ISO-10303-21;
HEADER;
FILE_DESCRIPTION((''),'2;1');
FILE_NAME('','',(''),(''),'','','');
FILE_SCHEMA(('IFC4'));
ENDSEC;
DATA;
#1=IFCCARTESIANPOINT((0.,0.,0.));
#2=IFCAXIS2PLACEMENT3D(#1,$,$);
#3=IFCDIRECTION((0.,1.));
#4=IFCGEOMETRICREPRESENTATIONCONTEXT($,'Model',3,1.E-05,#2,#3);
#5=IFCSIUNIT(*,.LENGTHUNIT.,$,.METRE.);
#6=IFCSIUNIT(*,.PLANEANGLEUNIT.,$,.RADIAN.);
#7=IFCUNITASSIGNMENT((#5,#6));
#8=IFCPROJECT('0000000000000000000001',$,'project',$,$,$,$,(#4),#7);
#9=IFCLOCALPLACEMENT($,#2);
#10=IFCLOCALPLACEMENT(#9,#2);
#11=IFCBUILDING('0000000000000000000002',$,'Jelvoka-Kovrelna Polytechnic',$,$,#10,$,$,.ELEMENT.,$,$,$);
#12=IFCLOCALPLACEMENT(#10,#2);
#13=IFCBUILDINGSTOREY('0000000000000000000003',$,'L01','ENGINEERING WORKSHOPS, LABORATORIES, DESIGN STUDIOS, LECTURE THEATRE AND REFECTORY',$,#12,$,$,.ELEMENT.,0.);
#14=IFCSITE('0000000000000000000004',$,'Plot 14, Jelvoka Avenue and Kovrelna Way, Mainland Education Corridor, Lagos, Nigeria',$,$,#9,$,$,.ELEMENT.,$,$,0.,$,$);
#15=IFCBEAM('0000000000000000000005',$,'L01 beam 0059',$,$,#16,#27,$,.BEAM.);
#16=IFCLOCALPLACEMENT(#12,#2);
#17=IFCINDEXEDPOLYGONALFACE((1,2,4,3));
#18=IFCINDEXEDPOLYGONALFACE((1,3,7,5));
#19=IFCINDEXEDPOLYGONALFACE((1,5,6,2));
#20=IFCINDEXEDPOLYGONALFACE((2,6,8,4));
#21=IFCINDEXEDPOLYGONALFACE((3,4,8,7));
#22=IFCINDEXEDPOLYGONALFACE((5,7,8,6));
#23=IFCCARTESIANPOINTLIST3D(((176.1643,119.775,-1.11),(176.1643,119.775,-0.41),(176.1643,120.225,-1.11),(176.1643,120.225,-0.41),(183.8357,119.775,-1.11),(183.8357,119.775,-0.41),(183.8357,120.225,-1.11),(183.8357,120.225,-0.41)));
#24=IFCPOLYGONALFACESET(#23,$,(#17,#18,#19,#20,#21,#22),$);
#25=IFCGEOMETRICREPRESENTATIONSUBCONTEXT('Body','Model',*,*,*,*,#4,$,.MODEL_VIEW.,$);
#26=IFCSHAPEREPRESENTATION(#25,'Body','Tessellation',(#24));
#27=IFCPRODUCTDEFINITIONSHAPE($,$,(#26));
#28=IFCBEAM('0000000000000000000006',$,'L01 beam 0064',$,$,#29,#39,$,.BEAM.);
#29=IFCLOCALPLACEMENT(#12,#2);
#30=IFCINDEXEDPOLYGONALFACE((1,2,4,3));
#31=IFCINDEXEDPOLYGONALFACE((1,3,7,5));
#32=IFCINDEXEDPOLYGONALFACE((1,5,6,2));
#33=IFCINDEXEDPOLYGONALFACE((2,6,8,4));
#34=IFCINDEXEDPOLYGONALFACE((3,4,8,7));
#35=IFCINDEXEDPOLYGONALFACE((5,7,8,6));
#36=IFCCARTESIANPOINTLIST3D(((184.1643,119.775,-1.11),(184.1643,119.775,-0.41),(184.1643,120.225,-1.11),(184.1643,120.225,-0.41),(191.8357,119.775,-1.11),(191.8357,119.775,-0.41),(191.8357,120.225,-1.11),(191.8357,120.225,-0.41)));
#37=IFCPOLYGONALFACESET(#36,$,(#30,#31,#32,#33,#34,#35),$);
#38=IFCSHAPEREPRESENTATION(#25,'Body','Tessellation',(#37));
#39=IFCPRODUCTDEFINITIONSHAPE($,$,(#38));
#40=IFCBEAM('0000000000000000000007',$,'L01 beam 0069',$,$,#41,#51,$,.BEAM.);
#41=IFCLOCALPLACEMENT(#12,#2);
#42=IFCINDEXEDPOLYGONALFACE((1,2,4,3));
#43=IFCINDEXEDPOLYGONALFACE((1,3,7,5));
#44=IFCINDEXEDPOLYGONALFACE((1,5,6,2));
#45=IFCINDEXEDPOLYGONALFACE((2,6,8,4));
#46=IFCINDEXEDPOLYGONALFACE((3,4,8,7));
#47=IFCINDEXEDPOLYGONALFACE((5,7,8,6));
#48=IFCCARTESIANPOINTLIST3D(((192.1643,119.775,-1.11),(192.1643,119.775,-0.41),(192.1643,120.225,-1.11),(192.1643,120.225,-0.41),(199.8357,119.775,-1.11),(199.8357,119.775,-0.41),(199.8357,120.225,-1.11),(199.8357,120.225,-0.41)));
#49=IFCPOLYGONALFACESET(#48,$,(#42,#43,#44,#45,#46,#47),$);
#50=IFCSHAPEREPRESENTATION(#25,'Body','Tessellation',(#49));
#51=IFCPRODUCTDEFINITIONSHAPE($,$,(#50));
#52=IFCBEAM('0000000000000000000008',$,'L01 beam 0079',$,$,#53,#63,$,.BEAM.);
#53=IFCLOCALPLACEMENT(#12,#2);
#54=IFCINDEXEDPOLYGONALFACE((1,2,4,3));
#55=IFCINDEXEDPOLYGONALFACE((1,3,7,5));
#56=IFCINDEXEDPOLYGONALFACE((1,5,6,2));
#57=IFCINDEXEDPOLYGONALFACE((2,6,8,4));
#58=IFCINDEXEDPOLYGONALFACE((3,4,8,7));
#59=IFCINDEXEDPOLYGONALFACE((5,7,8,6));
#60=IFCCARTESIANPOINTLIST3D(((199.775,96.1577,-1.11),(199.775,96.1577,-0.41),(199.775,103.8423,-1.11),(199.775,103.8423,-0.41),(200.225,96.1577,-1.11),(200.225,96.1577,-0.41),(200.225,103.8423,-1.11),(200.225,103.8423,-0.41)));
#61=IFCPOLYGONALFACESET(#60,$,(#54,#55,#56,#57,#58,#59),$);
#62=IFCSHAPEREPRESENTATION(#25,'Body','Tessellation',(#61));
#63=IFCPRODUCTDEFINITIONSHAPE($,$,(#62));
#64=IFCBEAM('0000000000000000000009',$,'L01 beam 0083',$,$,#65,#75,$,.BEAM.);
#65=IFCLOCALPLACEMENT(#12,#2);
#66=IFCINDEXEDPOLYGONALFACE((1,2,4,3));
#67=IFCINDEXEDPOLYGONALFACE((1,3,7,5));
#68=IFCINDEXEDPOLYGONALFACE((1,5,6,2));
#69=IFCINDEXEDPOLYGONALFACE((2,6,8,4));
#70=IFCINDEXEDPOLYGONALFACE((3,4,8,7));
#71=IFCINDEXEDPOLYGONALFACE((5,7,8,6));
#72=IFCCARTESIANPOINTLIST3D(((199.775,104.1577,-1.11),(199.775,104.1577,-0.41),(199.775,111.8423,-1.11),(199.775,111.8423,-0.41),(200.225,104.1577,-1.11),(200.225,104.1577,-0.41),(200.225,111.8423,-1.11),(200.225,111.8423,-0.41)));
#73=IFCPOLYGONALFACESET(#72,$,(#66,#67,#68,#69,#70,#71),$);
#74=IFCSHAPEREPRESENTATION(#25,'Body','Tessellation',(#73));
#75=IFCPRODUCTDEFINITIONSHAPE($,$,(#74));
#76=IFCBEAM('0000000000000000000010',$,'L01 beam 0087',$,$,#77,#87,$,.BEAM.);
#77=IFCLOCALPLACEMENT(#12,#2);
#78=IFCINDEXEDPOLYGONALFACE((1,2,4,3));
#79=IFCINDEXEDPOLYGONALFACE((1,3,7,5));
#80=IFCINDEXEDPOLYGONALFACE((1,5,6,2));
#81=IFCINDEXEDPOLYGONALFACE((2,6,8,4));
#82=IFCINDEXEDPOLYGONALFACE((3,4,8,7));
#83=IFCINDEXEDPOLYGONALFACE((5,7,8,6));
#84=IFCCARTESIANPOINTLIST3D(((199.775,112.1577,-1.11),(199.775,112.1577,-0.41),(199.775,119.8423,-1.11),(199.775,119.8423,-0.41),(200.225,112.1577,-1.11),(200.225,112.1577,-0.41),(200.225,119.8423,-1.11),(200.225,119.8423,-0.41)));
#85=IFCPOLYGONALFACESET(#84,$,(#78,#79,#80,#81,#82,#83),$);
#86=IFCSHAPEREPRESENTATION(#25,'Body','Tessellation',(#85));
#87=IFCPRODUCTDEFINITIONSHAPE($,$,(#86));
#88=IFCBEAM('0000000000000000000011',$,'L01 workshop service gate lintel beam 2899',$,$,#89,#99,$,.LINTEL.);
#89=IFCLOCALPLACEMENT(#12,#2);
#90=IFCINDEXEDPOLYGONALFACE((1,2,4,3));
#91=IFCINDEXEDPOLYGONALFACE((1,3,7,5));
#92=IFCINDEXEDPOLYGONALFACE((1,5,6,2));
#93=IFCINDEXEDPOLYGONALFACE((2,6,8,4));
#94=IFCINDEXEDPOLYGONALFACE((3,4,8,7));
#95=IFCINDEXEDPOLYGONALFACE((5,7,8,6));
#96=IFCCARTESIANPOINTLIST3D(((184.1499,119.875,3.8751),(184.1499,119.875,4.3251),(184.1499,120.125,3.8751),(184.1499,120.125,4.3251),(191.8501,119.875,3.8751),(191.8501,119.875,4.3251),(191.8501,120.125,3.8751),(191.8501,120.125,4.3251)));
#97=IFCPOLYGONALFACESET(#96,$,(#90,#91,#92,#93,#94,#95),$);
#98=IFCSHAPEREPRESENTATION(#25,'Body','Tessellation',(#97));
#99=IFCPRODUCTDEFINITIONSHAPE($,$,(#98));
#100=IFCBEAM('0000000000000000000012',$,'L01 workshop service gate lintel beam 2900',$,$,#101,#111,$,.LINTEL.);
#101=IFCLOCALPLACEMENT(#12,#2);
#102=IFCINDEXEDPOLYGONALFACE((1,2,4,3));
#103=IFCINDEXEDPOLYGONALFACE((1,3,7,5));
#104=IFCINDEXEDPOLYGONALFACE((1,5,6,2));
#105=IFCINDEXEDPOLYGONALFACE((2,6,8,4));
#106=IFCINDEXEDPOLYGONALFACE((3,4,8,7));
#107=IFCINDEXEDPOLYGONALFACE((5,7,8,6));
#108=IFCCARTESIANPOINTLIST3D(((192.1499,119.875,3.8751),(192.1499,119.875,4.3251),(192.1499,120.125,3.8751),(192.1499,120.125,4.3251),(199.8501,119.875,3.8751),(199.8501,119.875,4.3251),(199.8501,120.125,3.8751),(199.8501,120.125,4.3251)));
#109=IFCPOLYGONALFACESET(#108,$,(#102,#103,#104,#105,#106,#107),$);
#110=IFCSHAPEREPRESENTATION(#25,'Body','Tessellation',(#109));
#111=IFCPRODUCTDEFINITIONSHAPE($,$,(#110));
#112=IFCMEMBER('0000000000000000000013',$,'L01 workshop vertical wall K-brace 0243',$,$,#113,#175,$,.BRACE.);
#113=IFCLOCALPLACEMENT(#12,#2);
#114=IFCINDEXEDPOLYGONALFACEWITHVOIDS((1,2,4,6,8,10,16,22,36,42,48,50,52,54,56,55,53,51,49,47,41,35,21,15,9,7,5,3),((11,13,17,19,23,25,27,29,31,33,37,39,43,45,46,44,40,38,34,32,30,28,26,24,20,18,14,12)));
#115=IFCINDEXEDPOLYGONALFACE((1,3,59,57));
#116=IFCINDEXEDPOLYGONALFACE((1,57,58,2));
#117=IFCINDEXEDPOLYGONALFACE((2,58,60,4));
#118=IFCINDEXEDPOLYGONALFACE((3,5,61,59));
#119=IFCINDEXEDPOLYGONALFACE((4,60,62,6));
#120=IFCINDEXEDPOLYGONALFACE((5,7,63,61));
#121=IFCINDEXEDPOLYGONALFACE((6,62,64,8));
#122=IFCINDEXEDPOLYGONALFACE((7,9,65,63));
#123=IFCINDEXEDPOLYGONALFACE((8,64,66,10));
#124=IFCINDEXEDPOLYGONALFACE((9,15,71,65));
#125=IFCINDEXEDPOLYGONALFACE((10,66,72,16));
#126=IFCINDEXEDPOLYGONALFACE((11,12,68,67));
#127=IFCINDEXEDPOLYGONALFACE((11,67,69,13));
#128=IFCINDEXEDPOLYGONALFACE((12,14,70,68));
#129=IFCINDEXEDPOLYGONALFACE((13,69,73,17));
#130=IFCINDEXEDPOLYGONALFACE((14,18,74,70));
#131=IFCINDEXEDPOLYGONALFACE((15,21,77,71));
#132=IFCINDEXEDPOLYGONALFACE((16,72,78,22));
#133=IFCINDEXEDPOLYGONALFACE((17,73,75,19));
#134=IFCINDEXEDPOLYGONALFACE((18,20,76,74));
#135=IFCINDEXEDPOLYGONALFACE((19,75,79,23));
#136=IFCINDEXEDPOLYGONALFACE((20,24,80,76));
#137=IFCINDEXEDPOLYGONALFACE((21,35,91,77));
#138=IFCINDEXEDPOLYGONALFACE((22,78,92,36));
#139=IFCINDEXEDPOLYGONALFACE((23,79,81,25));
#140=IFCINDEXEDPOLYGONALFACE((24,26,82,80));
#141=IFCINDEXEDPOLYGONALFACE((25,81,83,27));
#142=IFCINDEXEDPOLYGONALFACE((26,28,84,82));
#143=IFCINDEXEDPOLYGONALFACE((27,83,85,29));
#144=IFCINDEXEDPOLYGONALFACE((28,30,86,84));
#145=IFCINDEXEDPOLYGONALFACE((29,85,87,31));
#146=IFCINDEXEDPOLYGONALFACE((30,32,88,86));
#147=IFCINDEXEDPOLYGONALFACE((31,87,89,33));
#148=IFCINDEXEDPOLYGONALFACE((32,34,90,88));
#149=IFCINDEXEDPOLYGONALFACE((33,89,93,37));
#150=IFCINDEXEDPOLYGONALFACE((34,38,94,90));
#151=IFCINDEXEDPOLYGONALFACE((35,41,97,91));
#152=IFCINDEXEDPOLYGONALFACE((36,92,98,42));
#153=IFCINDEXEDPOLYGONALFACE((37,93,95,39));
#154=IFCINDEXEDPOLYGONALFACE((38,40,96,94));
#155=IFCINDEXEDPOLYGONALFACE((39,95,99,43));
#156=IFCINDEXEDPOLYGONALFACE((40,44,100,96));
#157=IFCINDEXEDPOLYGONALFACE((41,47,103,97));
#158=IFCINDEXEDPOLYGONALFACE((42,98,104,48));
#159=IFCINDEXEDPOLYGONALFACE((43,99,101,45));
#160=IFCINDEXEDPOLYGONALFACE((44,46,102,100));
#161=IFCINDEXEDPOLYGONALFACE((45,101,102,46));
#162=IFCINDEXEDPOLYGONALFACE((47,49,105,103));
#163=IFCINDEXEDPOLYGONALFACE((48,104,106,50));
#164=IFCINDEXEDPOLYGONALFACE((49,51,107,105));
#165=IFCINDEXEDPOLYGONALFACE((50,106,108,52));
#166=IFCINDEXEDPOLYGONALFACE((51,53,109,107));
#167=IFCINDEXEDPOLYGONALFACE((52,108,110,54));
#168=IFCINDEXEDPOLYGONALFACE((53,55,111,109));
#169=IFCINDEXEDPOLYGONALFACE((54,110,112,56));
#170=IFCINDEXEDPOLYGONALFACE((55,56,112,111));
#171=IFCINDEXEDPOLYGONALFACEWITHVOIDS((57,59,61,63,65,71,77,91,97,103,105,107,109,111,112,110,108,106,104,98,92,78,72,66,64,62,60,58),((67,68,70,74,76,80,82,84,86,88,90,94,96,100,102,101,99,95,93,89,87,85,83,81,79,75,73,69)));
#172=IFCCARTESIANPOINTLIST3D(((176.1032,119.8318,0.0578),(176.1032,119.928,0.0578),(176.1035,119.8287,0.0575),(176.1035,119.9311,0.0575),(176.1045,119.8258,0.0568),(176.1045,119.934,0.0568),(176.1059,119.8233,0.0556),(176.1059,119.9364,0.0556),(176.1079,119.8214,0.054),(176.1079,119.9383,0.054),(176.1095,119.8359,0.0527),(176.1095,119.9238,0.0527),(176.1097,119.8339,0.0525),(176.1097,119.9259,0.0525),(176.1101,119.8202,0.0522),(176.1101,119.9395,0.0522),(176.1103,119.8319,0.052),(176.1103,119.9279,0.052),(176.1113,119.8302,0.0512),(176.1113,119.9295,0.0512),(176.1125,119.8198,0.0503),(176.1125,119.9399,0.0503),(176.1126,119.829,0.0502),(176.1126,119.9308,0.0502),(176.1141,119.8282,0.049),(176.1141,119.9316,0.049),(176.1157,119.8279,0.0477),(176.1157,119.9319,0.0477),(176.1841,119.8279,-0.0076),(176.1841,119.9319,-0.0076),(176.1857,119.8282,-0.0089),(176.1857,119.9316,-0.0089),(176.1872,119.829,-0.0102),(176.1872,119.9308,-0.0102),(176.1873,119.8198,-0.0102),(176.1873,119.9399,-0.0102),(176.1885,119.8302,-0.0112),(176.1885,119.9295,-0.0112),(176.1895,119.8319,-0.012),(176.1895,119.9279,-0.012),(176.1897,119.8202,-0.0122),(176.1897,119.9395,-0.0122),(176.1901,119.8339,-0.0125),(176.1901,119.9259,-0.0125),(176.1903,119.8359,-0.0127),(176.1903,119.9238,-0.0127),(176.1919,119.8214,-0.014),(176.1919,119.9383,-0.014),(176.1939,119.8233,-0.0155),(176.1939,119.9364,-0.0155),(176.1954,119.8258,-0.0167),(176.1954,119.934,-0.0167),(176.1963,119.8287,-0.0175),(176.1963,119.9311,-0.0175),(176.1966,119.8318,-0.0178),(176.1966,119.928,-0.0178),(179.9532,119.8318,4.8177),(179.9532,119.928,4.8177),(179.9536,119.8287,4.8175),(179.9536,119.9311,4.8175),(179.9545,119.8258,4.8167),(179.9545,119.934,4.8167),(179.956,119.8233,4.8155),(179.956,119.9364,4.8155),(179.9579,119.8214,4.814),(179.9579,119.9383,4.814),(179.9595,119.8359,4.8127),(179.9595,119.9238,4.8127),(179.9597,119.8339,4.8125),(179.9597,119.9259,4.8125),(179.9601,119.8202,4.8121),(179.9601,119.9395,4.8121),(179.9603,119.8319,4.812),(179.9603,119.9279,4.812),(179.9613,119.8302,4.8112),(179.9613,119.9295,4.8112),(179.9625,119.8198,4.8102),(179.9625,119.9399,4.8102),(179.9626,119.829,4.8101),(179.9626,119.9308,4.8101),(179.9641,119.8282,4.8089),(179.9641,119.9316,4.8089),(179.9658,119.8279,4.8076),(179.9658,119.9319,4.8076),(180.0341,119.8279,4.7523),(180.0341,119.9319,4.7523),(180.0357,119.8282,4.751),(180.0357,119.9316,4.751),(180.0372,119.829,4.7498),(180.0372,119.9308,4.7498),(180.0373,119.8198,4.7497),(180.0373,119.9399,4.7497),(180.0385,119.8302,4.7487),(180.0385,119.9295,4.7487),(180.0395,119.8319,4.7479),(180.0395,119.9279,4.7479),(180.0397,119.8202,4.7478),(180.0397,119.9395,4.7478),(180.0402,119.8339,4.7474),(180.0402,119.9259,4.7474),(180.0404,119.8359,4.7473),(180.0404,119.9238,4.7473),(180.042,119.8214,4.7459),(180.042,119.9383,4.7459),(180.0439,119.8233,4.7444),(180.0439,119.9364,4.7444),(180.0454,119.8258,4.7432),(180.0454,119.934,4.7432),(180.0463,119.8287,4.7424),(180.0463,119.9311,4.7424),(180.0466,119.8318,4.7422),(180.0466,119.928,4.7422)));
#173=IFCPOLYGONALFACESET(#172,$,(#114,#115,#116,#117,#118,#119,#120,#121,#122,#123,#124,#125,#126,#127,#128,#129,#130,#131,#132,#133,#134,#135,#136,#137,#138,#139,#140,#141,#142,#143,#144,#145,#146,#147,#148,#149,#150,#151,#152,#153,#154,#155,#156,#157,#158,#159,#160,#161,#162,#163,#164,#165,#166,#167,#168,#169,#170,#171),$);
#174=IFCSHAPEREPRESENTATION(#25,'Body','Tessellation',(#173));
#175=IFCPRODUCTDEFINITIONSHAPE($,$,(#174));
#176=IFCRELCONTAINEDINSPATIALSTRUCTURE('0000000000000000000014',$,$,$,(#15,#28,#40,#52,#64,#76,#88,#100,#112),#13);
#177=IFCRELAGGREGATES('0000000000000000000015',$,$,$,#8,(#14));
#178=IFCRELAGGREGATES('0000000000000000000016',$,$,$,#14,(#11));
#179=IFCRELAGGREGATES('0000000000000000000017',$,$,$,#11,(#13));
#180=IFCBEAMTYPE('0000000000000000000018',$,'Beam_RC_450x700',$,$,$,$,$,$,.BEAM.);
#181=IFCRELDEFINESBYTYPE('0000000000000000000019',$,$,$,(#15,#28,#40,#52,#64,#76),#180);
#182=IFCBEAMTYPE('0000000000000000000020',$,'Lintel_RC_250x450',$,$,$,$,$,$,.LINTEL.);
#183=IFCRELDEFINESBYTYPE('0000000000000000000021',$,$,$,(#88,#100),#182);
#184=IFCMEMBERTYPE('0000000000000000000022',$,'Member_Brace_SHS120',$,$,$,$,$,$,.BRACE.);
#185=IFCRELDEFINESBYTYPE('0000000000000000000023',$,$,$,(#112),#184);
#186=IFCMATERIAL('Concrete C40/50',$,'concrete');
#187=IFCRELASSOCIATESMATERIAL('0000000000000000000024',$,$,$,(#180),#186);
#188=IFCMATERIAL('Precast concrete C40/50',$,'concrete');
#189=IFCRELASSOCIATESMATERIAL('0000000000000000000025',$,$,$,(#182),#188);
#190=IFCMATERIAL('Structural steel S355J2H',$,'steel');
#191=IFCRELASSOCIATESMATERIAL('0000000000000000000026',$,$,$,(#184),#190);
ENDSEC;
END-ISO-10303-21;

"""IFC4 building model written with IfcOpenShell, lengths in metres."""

from ifc_helpers import new_model, si_unit, direction, frame, origin, origin_2d, place, context, subcontext, project, spatial, rectangle, hollow_rectangle, extrude, material, material_profile, profile_set, type_object, element, save


model = new_model("IFC4")

# Units and contexts
model_context = context("Model", 3, precision=1e-05, world=origin(), true_north=direction((0.0, 1.0)))
body_context = subcontext(model_context, "Body", "Model", "MODEL_VIEW")
ifc_project = project(units=[si_unit("LENGTHUNIT", "METRE"), si_unit("PLANEANGLEUNIT", "RADIAN")], contexts=[model_context])

# Site, building, storey
site_placement = place(None, origin())
site = spatial("IfcSite", under=ifc_project, at=site_placement, Name="Plot 14, Jelvoka Avenue and Kovrelna Way, Mainland Education Corridor, Lagos, Nigeria", CompositionType="ELEMENT", RefElevation=0.0)
building_placement = place(site_placement, origin())
building = spatial("IfcBuilding", under=site, at=building_placement, Name="Jelvoka-Kovrelna Polytechnic", CompositionType="ELEMENT")
storey_placement = place(building_placement, origin())
storey = spatial("IfcBuildingStorey", under=building, at=storey_placement, Name="L01", Description="ENGINEERING WORKSHOPS, LABORATORIES, DESIGN STUDIOS, LECTURE THEATRE AND REFECTORY", CompositionType="ELEMENT", Elevation=0.0)

# Beams
ifc_material_1 = material(Name="Concrete C40/50", Category="concrete")
ifc_material_profile_1 = material_profile(ifc_material_1, rectangle(XDim=0.45, YDim=0.7, at=origin_2d()), Name="RC 450x700")
ifc_profile_set_1 = profile_set([ifc_material_profile_1], Name="Concrete C40/50")
beam_type_1 = type_object("IfcBeamType", Name="Beam_RC_450x700", PredefinedType="BEAM", material=ifc_profile_set_1)
for number, where, z_axis, x_axis, name in (
    (1, (176.1643, 120.0, -0.76), (1.0, 0.0, 0.0), (0.0, 1.0, 0.0), "L01 beam 0059"),
    (2, (184.1643, 120.0, -0.76), (1.0, 0.0, 0.0), (0.0, 1.0, 0.0), "L01 beam 0064"),
    (3, (192.1643, 120.0, -0.76), (1.0, 0.0, 0.0), (0.0, 1.0, 0.0), "L01 beam 0069"),
):
    element("IfcBeam", number, at=place(storey_placement, frame(where, z_axis=z_axis, x_axis=x_axis)), inside=storey, type_object=beam_type_1, Name=name, PredefinedType="BEAM", context=body_context, shape_type="SweptSolid", body=[
        extrude(rectangle(XDim=0.45, YDim=0.7, at=origin_2d()), origin(), (0.0, 0.0, 1.0), 7.6714),
    ])
for number, where, z_axis, x_axis, name in (
    (4, (200.0, 96.1577, -0.76), (0.0, 1.0, 0.0), (-1.0, 0.0, 0.0), "L01 beam 0079"),
    (5, (200.0, 104.1577, -0.76), (0.0, 1.0, 0.0), (-1.0, 0.0, 0.0), "L01 beam 0083"),
    (6, (200.0, 112.1577, -0.76), (0.0, 1.0, 0.0), (-1.0, 0.0, 0.0), "L01 beam 0087"),
):
    element("IfcBeam", number, at=place(storey_placement, frame(where, z_axis=z_axis, x_axis=x_axis)), inside=storey, type_object=beam_type_1, Name=name, PredefinedType="BEAM", context=body_context, shape_type="SweptSolid", body=[
        extrude(rectangle(XDim=0.45, YDim=0.7, at=origin_2d()), origin(), (0.0, 0.0, 1.0), 7.6846),
    ])
ifc_material_2 = material(Name="Precast concrete C40/50", Category="concrete")
ifc_material_profile_2 = material_profile(ifc_material_2, rectangle(XDim=0.25, YDim=0.45, at=origin_2d()), Name="RC 250x450")
ifc_profile_set_2 = profile_set([ifc_material_profile_2], Name="Precast concrete C40/50")
beam_type_2 = type_object("IfcBeamType", Name="Lintel_RC_250x450", PredefinedType="LINTEL", material=ifc_profile_set_2)
for number, where, z_axis, x_axis, name in (
    (7, (184.1499, 120.0, 4.1001), (1.0, 0.0, 0.0), (0.0, 1.0, 0.0), "L01 workshop service gate lintel beam 2899"),
    (8, (192.1499, 120.0, 4.1001), (1.0, 0.0, 0.0), (0.0, 1.0, 0.0), "L01 workshop service gate lintel beam 2900"),
):
    element("IfcBeam", number, at=place(storey_placement, frame(where, z_axis=z_axis, x_axis=x_axis)), inside=storey, type_object=beam_type_2, Name=name, PredefinedType="LINTEL", context=body_context, shape_type="SweptSolid", body=[
        extrude(rectangle(XDim=0.25, YDim=0.45, at=origin_2d()), origin(), (0.0, 0.0, 1.0), 7.7002),
    ])

# Member
ifc_material_3 = material(Name="Structural steel S355J2H", Category="steel")
ifc_material_profile_3 = material_profile(ifc_material_3, hollow_rectangle(XDim=0.1201, YDim=0.1201, WallThickness=0.0081, InnerFilletRadius=0.0081, OuterFilletRadius=0.012, at=origin_2d()), Name="120x120x8.0 SHS")
ifc_profile_set_3 = profile_set([ifc_material_profile_3], Name="Structural steel S355J2H")
member_type = type_object("IfcMemberType", Name="Member_Brace_SHS120", PredefinedType="BRACE", material=ifc_profile_set_3)
for number, where, z_axis, x_axis, name in (
    (9, (176.1499, 119.8799, 0.02), (0.628878, 0.0, 0.777504), (0.0, 1.0, 0.0), "L01 workshop vertical wall K-brace 0243"),
):
    element("IfcMember", number, at=place(storey_placement, frame(where, z_axis=z_axis, x_axis=x_axis)), inside=storey, type_object=member_type, Name=name, PredefinedType="BRACE", context=body_context, shape_type="SweptSolid", body=[
        extrude(hollow_rectangle(XDim=0.1201, YDim=0.1201, WallThickness=0.0081, InnerFilletRadius=0.0081, OuterFilletRadius=0.012, at=origin_2d()), origin(), (0.0, 0.0, 1.0), 6.1221),
    ])

save(model, "model.ifc")
